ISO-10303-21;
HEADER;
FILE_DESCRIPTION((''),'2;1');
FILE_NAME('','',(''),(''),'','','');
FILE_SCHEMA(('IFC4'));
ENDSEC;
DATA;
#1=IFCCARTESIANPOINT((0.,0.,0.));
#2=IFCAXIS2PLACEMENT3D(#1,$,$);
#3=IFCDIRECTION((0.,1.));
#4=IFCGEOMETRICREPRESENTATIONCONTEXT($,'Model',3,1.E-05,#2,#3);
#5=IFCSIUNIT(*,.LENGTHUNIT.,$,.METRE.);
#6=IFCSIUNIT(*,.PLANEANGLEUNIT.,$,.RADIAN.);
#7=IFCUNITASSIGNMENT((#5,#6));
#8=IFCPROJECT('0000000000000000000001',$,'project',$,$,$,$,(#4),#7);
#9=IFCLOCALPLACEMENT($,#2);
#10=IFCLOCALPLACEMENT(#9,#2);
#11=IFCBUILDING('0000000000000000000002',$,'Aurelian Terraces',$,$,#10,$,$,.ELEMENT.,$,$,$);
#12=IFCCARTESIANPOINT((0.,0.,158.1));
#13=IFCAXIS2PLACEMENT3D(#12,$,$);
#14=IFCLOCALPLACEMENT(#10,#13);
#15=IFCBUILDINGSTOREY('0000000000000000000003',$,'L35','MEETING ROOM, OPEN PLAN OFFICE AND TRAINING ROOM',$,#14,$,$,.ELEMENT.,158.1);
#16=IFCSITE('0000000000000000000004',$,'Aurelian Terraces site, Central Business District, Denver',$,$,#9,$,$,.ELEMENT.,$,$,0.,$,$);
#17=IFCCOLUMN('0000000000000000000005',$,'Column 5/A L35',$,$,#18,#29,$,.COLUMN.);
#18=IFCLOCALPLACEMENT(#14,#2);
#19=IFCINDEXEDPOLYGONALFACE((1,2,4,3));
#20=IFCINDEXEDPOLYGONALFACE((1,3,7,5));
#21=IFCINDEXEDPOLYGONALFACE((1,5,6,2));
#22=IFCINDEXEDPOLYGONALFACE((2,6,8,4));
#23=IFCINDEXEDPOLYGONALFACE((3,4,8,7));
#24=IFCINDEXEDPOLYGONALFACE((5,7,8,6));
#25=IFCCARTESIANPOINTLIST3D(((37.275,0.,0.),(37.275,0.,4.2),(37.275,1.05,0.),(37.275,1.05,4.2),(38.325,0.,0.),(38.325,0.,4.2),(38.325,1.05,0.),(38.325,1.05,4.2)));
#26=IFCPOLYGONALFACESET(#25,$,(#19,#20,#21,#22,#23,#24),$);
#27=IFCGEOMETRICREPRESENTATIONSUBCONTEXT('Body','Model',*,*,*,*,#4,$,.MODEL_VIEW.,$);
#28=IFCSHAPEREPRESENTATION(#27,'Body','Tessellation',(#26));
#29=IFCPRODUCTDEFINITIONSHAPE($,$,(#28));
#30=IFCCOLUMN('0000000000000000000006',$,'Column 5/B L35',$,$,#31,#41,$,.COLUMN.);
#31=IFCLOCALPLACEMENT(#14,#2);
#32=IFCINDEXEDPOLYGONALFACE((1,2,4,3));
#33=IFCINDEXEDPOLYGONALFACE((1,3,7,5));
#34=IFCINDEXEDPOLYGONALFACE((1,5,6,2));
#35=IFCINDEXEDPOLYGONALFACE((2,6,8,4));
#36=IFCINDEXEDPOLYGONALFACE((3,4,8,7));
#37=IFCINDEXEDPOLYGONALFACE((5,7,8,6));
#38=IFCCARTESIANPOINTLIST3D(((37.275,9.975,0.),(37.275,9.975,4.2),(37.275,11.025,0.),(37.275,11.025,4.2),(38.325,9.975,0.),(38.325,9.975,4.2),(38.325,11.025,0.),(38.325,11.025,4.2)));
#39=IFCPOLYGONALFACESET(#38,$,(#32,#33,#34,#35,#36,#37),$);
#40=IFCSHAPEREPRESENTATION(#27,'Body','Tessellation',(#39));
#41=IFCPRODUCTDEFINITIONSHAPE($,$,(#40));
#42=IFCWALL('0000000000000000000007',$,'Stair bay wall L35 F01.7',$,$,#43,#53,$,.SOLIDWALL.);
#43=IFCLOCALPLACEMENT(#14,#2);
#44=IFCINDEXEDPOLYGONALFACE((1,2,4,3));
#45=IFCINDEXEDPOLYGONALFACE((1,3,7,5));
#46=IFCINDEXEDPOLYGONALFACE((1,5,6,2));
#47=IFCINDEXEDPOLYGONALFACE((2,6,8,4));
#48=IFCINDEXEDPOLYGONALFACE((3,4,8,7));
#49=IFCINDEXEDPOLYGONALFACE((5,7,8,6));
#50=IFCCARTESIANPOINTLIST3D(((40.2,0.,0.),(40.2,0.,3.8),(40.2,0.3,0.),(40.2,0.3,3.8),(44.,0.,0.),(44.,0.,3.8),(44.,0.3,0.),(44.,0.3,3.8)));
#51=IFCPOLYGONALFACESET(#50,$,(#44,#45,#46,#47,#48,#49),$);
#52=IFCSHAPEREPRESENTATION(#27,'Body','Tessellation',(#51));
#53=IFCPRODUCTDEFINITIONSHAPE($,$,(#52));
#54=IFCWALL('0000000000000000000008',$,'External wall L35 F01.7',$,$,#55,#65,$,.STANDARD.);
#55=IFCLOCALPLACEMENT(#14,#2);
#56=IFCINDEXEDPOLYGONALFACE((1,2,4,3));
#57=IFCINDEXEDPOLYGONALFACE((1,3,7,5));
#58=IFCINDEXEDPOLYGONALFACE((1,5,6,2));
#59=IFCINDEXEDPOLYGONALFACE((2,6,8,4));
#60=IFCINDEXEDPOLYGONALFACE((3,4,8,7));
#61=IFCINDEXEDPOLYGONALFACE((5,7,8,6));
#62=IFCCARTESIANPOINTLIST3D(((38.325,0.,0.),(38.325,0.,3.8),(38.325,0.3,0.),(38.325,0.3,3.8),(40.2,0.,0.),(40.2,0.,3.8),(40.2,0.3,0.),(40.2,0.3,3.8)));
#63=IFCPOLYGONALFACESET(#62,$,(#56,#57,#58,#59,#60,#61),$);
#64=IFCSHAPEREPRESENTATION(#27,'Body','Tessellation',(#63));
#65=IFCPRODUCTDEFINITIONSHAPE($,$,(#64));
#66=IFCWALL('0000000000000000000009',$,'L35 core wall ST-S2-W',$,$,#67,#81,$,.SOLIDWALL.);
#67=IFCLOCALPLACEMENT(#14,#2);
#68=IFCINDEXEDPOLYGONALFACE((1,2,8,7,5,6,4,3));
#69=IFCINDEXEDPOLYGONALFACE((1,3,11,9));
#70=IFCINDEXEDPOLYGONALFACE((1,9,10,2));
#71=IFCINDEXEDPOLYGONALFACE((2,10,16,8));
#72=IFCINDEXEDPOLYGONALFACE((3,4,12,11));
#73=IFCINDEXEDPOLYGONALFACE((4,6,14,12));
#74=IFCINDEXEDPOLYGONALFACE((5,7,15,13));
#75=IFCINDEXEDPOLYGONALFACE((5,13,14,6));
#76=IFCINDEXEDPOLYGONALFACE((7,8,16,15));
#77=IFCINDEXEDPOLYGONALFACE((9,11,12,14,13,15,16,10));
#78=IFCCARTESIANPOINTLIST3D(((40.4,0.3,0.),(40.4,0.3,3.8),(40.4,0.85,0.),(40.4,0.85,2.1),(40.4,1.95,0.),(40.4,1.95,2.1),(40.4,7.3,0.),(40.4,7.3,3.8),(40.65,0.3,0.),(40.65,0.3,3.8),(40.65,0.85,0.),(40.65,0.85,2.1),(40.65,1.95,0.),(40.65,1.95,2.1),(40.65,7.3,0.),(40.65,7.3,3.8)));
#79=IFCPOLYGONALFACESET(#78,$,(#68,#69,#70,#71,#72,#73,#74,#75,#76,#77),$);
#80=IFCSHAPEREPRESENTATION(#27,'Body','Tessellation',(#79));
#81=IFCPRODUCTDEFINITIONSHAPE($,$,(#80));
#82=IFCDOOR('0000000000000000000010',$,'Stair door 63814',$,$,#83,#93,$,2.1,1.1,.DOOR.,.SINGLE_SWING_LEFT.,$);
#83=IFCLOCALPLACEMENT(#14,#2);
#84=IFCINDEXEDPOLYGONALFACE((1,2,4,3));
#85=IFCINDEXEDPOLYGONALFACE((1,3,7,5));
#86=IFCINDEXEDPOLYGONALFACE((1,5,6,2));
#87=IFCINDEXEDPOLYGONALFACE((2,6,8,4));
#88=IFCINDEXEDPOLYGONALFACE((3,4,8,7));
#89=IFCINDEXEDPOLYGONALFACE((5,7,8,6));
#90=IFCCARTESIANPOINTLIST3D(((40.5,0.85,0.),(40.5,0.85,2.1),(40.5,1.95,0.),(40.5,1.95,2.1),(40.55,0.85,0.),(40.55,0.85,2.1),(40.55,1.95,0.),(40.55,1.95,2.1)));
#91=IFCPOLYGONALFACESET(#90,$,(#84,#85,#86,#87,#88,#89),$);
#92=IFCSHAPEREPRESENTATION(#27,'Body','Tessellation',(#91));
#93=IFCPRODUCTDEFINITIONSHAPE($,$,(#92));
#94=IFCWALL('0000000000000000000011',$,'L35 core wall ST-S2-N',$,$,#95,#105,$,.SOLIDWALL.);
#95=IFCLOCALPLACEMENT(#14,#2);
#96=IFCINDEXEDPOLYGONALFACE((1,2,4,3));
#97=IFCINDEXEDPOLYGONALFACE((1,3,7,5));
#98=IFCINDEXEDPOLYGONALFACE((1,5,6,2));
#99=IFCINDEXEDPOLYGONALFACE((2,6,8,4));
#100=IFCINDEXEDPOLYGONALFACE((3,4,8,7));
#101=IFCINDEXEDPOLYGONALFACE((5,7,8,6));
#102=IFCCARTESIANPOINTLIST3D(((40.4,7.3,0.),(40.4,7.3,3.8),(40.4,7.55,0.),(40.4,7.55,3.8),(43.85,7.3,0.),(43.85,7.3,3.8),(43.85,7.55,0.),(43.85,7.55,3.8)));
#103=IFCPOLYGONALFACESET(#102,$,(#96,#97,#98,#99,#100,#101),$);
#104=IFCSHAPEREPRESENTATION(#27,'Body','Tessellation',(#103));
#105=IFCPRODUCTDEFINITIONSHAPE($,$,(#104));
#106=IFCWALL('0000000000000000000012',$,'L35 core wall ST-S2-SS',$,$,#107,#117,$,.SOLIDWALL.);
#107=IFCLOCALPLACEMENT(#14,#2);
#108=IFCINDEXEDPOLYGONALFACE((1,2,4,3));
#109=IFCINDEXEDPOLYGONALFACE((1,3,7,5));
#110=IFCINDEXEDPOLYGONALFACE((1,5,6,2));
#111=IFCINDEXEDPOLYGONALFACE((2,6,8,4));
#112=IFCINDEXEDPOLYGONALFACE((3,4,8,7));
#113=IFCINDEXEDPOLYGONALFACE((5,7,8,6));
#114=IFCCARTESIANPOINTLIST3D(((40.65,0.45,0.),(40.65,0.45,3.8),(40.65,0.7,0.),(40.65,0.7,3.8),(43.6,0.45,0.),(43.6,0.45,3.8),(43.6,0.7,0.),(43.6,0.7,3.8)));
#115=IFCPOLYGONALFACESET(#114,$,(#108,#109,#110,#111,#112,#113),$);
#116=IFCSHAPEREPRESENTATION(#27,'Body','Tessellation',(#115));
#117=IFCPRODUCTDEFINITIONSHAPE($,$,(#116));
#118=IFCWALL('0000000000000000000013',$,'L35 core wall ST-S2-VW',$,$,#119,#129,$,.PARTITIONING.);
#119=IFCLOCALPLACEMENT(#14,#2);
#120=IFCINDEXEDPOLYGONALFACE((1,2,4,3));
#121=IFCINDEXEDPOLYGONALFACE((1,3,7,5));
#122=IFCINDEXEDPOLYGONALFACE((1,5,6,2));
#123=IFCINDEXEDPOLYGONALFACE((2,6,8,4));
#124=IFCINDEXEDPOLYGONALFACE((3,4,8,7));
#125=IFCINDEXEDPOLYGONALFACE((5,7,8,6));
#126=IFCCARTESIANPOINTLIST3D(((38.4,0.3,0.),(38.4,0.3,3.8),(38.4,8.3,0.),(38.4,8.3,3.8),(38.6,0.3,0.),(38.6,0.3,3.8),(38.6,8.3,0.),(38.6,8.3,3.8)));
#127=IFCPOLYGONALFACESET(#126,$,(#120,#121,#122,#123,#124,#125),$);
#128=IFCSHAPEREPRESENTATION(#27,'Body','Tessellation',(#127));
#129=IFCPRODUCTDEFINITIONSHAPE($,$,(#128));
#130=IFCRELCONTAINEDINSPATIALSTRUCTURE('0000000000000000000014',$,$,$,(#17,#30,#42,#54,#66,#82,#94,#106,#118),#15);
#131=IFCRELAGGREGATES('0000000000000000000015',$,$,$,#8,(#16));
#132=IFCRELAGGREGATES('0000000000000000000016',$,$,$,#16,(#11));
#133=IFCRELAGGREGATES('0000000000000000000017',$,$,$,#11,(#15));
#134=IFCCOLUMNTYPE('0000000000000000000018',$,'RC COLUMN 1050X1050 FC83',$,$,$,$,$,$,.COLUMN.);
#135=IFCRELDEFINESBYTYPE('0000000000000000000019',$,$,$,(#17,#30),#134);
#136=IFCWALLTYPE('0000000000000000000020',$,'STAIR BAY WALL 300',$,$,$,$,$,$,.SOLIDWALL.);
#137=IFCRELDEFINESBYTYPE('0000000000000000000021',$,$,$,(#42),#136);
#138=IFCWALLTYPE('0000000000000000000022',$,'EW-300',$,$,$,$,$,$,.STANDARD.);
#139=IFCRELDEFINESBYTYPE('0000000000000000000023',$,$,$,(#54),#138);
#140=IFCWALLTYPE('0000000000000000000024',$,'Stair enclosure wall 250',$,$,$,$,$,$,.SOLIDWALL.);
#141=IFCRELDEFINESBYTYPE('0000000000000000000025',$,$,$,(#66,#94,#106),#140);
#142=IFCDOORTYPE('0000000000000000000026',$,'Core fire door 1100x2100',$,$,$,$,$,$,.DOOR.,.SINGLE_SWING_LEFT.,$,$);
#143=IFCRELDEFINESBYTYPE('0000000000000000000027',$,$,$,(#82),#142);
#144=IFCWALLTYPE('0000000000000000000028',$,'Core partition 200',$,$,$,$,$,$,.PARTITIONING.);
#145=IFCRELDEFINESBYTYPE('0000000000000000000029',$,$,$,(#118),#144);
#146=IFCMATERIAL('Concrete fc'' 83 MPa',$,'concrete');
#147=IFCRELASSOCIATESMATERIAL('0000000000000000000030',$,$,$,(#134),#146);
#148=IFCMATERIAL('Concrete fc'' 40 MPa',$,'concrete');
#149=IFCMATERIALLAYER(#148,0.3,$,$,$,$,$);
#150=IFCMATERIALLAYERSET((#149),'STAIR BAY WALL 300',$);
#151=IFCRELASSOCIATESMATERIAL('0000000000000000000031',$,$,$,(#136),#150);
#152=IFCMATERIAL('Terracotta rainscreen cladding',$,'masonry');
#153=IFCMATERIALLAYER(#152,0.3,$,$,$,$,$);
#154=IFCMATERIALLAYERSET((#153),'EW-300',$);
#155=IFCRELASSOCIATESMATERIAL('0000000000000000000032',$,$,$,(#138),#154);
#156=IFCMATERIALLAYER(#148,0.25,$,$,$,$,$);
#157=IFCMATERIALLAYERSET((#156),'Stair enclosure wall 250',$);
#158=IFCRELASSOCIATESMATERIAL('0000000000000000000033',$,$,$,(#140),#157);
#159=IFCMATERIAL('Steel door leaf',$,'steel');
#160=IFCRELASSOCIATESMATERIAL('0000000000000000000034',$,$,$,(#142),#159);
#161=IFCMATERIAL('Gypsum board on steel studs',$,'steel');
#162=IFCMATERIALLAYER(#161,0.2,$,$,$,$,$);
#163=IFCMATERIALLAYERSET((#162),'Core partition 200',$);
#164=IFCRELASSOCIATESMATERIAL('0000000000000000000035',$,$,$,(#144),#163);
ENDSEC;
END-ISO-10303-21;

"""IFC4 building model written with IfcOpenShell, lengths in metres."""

from ifc_helpers import new_model, si_unit, direction, frame, frame_2d, origin, origin_2d, place, context, subcontext, project, spatial, rectangle, extrude, source, transform, mapped, material, layer, layer_set, material_profile, profile_set, type_object, element, fill, save


model = new_model("IFC4")

# Units and contexts
model_context = context("Model", 3, precision=1e-05, world=origin(), true_north=direction((0.0, 1.0)))
body_context = subcontext(model_context, "Body", "Model", "MODEL_VIEW")
ifc_project = project(units=[si_unit("LENGTHUNIT", "METRE"), si_unit("PLANEANGLEUNIT", "RADIAN")], contexts=[model_context])

# Site, building, storey
site_placement = place(None, origin())
site = spatial("IfcSite", under=ifc_project, at=site_placement, Name="Aurelian Terraces site, Central Business District, Denver", CompositionType="ELEMENT", RefElevation=0.0)
building_placement = place(site_placement, origin())
building = spatial("IfcBuilding", under=site, at=building_placement, Name="Aurelian Terraces", CompositionType="ELEMENT")
storey_placement = place(building_placement, frame((0.0, 0.0, 158.1)))
storey = spatial("IfcBuildingStorey", under=building, at=storey_placement, Name="L35", Description="MEETING ROOM, OPEN PLAN OFFICE AND TRAINING ROOM", CompositionType="ELEMENT", Elevation=158.1)

# Columns
ifc_material_1 = material(Name="Concrete fc' 83 MPa", Category="concrete")
ifc_material_profile = material_profile(ifc_material_1, rectangle(XDim=1.05, YDim=1.05, at=origin_2d()))
ifc_profile_set = profile_set([ifc_material_profile], Name="Concrete fc' 83 MPa")
column_type = type_object("IfcColumnType", Name="RC COLUMN 1050X1050 FC83", PredefinedType="COLUMN", material=ifc_profile_set)
shared_shape_1 = source(origin(), body_context, "Body", "SweptSolid", [
    extrude(rectangle(XDim=1.05, YDim=1.05, at=origin_2d()), origin(), (0.0, 0.0, 1.0), 4.2),
])
for number, where, z_axis, x_axis, name in (
    (1, (37.8, 0.525, 0.0), (0.0, 0.0, 1.0), (1.0, 0.0, 0.0), "Column 5/A L35"),
    (2, (37.8, 10.5, 0.0), (0.0, 0.0, 1.0), (1.0, 0.0, 0.0), "Column 5/B L35"),
):
    element("IfcColumn", number, at=place(storey_placement, frame(where, z_axis=z_axis, x_axis=x_axis)), inside=storey, type_object=column_type, Name=name, PredefinedType="COLUMN", context=body_context, shape_type="MappedRepresentation", body=[
        mapped(shared_shape_1, transform((0.0, 0.0, 0.0), scale=1.0)),
    ])

# Walls
ifc_material_2 = material(Name="Concrete fc' 40 MPa", Category="concrete")
ifc_layer_1 = layer(ifc_material_2, 0.3)
ifc_layer_set_1 = layer_set([ifc_layer_1], Name="STAIR BAY WALL 300")
wall_type_1 = type_object("IfcWallType", Name="STAIR BAY WALL 300", PredefinedType="SOLIDWALL", material=ifc_layer_set_1)
shared_shape_2 = source(origin(), body_context, "Body", "SweptSolid", [
    extrude(rectangle(XDim=3.8, YDim=0.3, at=frame_2d((1.9, 0.0))), origin(), (0.0, 0.0, 1.0), 3.8),
])
wall_1_placement = place(storey_placement, frame((40.2, 0.15, 0.0), z_axis=(0.0, 0.0, 1.0), x_axis=(1.0, 0.0, 0.0)))
element("IfcWall", 3, at=wall_1_placement, inside=storey, type_object=wall_type_1, Name="Stair bay wall L35 F01.7", PredefinedType="SOLIDWALL", context=body_context, shape_type="MappedRepresentation", body=[
    mapped(shared_shape_2, transform((0.0, 0.0, 0.0), scale=1.0)),
])
ifc_material_3 = material(Name="Terracotta rainscreen cladding", Category="masonry")
ifc_layer_2 = layer(ifc_material_3, 0.3)
ifc_layer_set_2 = layer_set([ifc_layer_2], Name="EW-300")
wall_type_2 = type_object("IfcWallType", Name="EW-300", PredefinedType="STANDARD", material=ifc_layer_set_2)
shared_shape_3 = source(origin(), body_context, "Body", "SweptSolid", [
    extrude(rectangle(XDim=1.875, YDim=0.3, at=frame_2d((0.9375, 0.0))), origin(), (0.0, 0.0, 1.0), 3.8),
])
wall_2_placement = place(storey_placement, frame((38.325, 0.15, 0.0), z_axis=(0.0, 0.0, 1.0), x_axis=(1.0, 0.0, 0.0)))
element("IfcWall", 4, at=wall_2_placement, inside=storey, type_object=wall_type_2, Name="External wall L35 F01.7", PredefinedType="STANDARD", context=body_context, shape_type="MappedRepresentation", body=[
    mapped(shared_shape_3, transform((0.0, 0.0, 0.0), scale=1.0)),
])

# Wall, opening, door
ifc_layer_3 = layer(ifc_material_2, 0.25)
ifc_layer_set_3 = layer_set([ifc_layer_3], Name="Stair enclosure wall 250")
wall_type_3 = type_object("IfcWallType", Name="Stair enclosure wall 250", PredefinedType="SOLIDWALL", material=ifc_layer_set_3)
shared_shape_4 = source(origin(), body_context, "Body", "SweptSolid", [
    extrude(rectangle(XDim=7.0, YDim=0.25, at=frame_2d((3.5, 0.0))), origin(), (0.0, 0.0, 1.0), 3.8),
])
wall_3_placement = place(storey_placement, frame((40.525, 0.3, 0.0), z_axis=(0.0, 0.0, 1.0), x_axis=(0.0, 1.0, 0.0)))
wall_3 = element("IfcWall", 5, at=wall_3_placement, inside=storey, type_object=wall_type_3, Name="L35 core wall ST-S2-W", PredefinedType="SOLIDWALL", context=body_context, shape_type="MappedRepresentation", body=[
    mapped(shared_shape_4, transform((0.0, 0.0, 0.0), scale=1.0)),
])
shared_shape_5 = source(origin(), body_context, "Body", "SweptSolid", [
    extrude(rectangle(XDim=1.1, YDim=2.1, at=frame_2d((0.55, 1.05))), frame((0.0, 0.135, 0.0), z_axis=(0.0, -1.0, 0.0), x_axis=(1.0, 0.0, 0.0)), (0.0, 0.0, 1.0), 0.27),
])
opening_1_placement = place(wall_3_placement, frame((0.55, 0.0, 0.0)))
opening_1 = element("IfcOpeningElement", 6, at=opening_1_placement, cuts=wall_3, PredefinedType="OPENING", context=body_context, shape_type="MappedRepresentation", body=[
    mapped(shared_shape_5, transform((0.0, 0.0, 0.0), scale=1.0)),
])
ifc_material_4 = material(Name="Steel door leaf", Category="steel")
door_type_1 = type_object("IfcDoorType", Name="Core fire door 1100x2100", OperationType="SINGLE_SWING_LEFT", PredefinedType="DOOR", material=ifc_material_4)
shared_shape_6 = source(origin(), body_context, "Body", "SweptSolid", [
    extrude(rectangle(XDim=1.1, YDim=2.1, at=frame_2d((0.55, 1.05))), frame((0.0, 0.025, 0.0), z_axis=(0.0, -1.0, 0.0), x_axis=(1.0, 0.0, 0.0)), (0.0, 0.0, 1.0), 0.05),
])
door_1_placement = place(opening_1_placement, origin())
door_1 = element("IfcDoor", 7, at=door_1_placement, inside=storey, type_object=door_type_1, Name="Stair door 63814", OperationType="SINGLE_SWING_LEFT", OverallHeight=2.1, OverallWidth=1.1, PredefinedType="DOOR", context=body_context, shape_type="MappedRepresentation", body=[
    mapped(shared_shape_6, transform((0.0, 0.0, 0.0), scale=1.0)),
])
fill(opening_1, door_1)

# Walls
shared_shape_7 = source(origin(), body_context, "Body", "SweptSolid", [
    extrude(rectangle(XDim=3.45, YDim=0.25, at=frame_2d((1.725, 0.0))), origin(), (0.0, 0.0, 1.0), 3.8),
])
wall_4_placement = place(storey_placement, frame((40.4, 7.425, 0.0), z_axis=(0.0, 0.0, 1.0), x_axis=(1.0, 0.0, 0.0)))
element("IfcWall", 8, at=wall_4_placement, inside=storey, type_object=wall_type_3, Name="L35 core wall ST-S2-N", PredefinedType="SOLIDWALL", context=body_context, shape_type="MappedRepresentation", body=[
    mapped(shared_shape_7, transform((0.0, 0.0, 0.0), scale=1.0)),
])
shared_shape_8 = source(origin(), body_context, "Body", "SweptSolid", [
    extrude(rectangle(XDim=2.95, YDim=0.25, at=frame_2d((1.475, 0.0))), origin(), (0.0, 0.0, 1.0), 3.8),
])
wall_5_placement = place(storey_placement, frame((40.65, 0.575, 0.0), z_axis=(0.0, 0.0, 1.0), x_axis=(1.0, 0.0, 0.0)))
element("IfcWall", 9, at=wall_5_placement, inside=storey, type_object=wall_type_3, Name="L35 core wall ST-S2-SS", PredefinedType="SOLIDWALL", context=body_context, shape_type="MappedRepresentation", body=[
    mapped(shared_shape_8, transform((0.0, 0.0, 0.0), scale=1.0)),
])
ifc_material_5 = material(Name="Gypsum board on steel studs", Category="steel")
ifc_layer_4 = layer(ifc_material_5, 0.2)
ifc_layer_set_4 = layer_set([ifc_layer_4], Name="Core partition 200")
wall_type_4 = type_object("IfcWallType", Name="Core partition 200", PredefinedType="PARTITIONING", material=ifc_layer_set_4)
shared_shape_9 = source(origin(), body_context, "Body", "SweptSolid", [
    extrude(rectangle(XDim=8.0, YDim=0.2, at=frame_2d((4.0, 0.0))), origin(), (0.0, 0.0, 1.0), 3.8),
])
wall_6_placement = place(storey_placement, frame((38.5, 0.3, 0.0), z_axis=(0.0, 0.0, 1.0), x_axis=(0.0, 1.0, 0.0)))
element("IfcWall", 10, at=wall_6_placement, inside=storey, type_object=wall_type_4, Name="L35 core wall ST-S2-VW", PredefinedType="PARTITIONING", context=body_context, shape_type="MappedRepresentation", body=[
    mapped(shared_shape_9, transform((0.0, 0.0, 0.0), scale=1.0)),
])

save(model, "model.ifc")
